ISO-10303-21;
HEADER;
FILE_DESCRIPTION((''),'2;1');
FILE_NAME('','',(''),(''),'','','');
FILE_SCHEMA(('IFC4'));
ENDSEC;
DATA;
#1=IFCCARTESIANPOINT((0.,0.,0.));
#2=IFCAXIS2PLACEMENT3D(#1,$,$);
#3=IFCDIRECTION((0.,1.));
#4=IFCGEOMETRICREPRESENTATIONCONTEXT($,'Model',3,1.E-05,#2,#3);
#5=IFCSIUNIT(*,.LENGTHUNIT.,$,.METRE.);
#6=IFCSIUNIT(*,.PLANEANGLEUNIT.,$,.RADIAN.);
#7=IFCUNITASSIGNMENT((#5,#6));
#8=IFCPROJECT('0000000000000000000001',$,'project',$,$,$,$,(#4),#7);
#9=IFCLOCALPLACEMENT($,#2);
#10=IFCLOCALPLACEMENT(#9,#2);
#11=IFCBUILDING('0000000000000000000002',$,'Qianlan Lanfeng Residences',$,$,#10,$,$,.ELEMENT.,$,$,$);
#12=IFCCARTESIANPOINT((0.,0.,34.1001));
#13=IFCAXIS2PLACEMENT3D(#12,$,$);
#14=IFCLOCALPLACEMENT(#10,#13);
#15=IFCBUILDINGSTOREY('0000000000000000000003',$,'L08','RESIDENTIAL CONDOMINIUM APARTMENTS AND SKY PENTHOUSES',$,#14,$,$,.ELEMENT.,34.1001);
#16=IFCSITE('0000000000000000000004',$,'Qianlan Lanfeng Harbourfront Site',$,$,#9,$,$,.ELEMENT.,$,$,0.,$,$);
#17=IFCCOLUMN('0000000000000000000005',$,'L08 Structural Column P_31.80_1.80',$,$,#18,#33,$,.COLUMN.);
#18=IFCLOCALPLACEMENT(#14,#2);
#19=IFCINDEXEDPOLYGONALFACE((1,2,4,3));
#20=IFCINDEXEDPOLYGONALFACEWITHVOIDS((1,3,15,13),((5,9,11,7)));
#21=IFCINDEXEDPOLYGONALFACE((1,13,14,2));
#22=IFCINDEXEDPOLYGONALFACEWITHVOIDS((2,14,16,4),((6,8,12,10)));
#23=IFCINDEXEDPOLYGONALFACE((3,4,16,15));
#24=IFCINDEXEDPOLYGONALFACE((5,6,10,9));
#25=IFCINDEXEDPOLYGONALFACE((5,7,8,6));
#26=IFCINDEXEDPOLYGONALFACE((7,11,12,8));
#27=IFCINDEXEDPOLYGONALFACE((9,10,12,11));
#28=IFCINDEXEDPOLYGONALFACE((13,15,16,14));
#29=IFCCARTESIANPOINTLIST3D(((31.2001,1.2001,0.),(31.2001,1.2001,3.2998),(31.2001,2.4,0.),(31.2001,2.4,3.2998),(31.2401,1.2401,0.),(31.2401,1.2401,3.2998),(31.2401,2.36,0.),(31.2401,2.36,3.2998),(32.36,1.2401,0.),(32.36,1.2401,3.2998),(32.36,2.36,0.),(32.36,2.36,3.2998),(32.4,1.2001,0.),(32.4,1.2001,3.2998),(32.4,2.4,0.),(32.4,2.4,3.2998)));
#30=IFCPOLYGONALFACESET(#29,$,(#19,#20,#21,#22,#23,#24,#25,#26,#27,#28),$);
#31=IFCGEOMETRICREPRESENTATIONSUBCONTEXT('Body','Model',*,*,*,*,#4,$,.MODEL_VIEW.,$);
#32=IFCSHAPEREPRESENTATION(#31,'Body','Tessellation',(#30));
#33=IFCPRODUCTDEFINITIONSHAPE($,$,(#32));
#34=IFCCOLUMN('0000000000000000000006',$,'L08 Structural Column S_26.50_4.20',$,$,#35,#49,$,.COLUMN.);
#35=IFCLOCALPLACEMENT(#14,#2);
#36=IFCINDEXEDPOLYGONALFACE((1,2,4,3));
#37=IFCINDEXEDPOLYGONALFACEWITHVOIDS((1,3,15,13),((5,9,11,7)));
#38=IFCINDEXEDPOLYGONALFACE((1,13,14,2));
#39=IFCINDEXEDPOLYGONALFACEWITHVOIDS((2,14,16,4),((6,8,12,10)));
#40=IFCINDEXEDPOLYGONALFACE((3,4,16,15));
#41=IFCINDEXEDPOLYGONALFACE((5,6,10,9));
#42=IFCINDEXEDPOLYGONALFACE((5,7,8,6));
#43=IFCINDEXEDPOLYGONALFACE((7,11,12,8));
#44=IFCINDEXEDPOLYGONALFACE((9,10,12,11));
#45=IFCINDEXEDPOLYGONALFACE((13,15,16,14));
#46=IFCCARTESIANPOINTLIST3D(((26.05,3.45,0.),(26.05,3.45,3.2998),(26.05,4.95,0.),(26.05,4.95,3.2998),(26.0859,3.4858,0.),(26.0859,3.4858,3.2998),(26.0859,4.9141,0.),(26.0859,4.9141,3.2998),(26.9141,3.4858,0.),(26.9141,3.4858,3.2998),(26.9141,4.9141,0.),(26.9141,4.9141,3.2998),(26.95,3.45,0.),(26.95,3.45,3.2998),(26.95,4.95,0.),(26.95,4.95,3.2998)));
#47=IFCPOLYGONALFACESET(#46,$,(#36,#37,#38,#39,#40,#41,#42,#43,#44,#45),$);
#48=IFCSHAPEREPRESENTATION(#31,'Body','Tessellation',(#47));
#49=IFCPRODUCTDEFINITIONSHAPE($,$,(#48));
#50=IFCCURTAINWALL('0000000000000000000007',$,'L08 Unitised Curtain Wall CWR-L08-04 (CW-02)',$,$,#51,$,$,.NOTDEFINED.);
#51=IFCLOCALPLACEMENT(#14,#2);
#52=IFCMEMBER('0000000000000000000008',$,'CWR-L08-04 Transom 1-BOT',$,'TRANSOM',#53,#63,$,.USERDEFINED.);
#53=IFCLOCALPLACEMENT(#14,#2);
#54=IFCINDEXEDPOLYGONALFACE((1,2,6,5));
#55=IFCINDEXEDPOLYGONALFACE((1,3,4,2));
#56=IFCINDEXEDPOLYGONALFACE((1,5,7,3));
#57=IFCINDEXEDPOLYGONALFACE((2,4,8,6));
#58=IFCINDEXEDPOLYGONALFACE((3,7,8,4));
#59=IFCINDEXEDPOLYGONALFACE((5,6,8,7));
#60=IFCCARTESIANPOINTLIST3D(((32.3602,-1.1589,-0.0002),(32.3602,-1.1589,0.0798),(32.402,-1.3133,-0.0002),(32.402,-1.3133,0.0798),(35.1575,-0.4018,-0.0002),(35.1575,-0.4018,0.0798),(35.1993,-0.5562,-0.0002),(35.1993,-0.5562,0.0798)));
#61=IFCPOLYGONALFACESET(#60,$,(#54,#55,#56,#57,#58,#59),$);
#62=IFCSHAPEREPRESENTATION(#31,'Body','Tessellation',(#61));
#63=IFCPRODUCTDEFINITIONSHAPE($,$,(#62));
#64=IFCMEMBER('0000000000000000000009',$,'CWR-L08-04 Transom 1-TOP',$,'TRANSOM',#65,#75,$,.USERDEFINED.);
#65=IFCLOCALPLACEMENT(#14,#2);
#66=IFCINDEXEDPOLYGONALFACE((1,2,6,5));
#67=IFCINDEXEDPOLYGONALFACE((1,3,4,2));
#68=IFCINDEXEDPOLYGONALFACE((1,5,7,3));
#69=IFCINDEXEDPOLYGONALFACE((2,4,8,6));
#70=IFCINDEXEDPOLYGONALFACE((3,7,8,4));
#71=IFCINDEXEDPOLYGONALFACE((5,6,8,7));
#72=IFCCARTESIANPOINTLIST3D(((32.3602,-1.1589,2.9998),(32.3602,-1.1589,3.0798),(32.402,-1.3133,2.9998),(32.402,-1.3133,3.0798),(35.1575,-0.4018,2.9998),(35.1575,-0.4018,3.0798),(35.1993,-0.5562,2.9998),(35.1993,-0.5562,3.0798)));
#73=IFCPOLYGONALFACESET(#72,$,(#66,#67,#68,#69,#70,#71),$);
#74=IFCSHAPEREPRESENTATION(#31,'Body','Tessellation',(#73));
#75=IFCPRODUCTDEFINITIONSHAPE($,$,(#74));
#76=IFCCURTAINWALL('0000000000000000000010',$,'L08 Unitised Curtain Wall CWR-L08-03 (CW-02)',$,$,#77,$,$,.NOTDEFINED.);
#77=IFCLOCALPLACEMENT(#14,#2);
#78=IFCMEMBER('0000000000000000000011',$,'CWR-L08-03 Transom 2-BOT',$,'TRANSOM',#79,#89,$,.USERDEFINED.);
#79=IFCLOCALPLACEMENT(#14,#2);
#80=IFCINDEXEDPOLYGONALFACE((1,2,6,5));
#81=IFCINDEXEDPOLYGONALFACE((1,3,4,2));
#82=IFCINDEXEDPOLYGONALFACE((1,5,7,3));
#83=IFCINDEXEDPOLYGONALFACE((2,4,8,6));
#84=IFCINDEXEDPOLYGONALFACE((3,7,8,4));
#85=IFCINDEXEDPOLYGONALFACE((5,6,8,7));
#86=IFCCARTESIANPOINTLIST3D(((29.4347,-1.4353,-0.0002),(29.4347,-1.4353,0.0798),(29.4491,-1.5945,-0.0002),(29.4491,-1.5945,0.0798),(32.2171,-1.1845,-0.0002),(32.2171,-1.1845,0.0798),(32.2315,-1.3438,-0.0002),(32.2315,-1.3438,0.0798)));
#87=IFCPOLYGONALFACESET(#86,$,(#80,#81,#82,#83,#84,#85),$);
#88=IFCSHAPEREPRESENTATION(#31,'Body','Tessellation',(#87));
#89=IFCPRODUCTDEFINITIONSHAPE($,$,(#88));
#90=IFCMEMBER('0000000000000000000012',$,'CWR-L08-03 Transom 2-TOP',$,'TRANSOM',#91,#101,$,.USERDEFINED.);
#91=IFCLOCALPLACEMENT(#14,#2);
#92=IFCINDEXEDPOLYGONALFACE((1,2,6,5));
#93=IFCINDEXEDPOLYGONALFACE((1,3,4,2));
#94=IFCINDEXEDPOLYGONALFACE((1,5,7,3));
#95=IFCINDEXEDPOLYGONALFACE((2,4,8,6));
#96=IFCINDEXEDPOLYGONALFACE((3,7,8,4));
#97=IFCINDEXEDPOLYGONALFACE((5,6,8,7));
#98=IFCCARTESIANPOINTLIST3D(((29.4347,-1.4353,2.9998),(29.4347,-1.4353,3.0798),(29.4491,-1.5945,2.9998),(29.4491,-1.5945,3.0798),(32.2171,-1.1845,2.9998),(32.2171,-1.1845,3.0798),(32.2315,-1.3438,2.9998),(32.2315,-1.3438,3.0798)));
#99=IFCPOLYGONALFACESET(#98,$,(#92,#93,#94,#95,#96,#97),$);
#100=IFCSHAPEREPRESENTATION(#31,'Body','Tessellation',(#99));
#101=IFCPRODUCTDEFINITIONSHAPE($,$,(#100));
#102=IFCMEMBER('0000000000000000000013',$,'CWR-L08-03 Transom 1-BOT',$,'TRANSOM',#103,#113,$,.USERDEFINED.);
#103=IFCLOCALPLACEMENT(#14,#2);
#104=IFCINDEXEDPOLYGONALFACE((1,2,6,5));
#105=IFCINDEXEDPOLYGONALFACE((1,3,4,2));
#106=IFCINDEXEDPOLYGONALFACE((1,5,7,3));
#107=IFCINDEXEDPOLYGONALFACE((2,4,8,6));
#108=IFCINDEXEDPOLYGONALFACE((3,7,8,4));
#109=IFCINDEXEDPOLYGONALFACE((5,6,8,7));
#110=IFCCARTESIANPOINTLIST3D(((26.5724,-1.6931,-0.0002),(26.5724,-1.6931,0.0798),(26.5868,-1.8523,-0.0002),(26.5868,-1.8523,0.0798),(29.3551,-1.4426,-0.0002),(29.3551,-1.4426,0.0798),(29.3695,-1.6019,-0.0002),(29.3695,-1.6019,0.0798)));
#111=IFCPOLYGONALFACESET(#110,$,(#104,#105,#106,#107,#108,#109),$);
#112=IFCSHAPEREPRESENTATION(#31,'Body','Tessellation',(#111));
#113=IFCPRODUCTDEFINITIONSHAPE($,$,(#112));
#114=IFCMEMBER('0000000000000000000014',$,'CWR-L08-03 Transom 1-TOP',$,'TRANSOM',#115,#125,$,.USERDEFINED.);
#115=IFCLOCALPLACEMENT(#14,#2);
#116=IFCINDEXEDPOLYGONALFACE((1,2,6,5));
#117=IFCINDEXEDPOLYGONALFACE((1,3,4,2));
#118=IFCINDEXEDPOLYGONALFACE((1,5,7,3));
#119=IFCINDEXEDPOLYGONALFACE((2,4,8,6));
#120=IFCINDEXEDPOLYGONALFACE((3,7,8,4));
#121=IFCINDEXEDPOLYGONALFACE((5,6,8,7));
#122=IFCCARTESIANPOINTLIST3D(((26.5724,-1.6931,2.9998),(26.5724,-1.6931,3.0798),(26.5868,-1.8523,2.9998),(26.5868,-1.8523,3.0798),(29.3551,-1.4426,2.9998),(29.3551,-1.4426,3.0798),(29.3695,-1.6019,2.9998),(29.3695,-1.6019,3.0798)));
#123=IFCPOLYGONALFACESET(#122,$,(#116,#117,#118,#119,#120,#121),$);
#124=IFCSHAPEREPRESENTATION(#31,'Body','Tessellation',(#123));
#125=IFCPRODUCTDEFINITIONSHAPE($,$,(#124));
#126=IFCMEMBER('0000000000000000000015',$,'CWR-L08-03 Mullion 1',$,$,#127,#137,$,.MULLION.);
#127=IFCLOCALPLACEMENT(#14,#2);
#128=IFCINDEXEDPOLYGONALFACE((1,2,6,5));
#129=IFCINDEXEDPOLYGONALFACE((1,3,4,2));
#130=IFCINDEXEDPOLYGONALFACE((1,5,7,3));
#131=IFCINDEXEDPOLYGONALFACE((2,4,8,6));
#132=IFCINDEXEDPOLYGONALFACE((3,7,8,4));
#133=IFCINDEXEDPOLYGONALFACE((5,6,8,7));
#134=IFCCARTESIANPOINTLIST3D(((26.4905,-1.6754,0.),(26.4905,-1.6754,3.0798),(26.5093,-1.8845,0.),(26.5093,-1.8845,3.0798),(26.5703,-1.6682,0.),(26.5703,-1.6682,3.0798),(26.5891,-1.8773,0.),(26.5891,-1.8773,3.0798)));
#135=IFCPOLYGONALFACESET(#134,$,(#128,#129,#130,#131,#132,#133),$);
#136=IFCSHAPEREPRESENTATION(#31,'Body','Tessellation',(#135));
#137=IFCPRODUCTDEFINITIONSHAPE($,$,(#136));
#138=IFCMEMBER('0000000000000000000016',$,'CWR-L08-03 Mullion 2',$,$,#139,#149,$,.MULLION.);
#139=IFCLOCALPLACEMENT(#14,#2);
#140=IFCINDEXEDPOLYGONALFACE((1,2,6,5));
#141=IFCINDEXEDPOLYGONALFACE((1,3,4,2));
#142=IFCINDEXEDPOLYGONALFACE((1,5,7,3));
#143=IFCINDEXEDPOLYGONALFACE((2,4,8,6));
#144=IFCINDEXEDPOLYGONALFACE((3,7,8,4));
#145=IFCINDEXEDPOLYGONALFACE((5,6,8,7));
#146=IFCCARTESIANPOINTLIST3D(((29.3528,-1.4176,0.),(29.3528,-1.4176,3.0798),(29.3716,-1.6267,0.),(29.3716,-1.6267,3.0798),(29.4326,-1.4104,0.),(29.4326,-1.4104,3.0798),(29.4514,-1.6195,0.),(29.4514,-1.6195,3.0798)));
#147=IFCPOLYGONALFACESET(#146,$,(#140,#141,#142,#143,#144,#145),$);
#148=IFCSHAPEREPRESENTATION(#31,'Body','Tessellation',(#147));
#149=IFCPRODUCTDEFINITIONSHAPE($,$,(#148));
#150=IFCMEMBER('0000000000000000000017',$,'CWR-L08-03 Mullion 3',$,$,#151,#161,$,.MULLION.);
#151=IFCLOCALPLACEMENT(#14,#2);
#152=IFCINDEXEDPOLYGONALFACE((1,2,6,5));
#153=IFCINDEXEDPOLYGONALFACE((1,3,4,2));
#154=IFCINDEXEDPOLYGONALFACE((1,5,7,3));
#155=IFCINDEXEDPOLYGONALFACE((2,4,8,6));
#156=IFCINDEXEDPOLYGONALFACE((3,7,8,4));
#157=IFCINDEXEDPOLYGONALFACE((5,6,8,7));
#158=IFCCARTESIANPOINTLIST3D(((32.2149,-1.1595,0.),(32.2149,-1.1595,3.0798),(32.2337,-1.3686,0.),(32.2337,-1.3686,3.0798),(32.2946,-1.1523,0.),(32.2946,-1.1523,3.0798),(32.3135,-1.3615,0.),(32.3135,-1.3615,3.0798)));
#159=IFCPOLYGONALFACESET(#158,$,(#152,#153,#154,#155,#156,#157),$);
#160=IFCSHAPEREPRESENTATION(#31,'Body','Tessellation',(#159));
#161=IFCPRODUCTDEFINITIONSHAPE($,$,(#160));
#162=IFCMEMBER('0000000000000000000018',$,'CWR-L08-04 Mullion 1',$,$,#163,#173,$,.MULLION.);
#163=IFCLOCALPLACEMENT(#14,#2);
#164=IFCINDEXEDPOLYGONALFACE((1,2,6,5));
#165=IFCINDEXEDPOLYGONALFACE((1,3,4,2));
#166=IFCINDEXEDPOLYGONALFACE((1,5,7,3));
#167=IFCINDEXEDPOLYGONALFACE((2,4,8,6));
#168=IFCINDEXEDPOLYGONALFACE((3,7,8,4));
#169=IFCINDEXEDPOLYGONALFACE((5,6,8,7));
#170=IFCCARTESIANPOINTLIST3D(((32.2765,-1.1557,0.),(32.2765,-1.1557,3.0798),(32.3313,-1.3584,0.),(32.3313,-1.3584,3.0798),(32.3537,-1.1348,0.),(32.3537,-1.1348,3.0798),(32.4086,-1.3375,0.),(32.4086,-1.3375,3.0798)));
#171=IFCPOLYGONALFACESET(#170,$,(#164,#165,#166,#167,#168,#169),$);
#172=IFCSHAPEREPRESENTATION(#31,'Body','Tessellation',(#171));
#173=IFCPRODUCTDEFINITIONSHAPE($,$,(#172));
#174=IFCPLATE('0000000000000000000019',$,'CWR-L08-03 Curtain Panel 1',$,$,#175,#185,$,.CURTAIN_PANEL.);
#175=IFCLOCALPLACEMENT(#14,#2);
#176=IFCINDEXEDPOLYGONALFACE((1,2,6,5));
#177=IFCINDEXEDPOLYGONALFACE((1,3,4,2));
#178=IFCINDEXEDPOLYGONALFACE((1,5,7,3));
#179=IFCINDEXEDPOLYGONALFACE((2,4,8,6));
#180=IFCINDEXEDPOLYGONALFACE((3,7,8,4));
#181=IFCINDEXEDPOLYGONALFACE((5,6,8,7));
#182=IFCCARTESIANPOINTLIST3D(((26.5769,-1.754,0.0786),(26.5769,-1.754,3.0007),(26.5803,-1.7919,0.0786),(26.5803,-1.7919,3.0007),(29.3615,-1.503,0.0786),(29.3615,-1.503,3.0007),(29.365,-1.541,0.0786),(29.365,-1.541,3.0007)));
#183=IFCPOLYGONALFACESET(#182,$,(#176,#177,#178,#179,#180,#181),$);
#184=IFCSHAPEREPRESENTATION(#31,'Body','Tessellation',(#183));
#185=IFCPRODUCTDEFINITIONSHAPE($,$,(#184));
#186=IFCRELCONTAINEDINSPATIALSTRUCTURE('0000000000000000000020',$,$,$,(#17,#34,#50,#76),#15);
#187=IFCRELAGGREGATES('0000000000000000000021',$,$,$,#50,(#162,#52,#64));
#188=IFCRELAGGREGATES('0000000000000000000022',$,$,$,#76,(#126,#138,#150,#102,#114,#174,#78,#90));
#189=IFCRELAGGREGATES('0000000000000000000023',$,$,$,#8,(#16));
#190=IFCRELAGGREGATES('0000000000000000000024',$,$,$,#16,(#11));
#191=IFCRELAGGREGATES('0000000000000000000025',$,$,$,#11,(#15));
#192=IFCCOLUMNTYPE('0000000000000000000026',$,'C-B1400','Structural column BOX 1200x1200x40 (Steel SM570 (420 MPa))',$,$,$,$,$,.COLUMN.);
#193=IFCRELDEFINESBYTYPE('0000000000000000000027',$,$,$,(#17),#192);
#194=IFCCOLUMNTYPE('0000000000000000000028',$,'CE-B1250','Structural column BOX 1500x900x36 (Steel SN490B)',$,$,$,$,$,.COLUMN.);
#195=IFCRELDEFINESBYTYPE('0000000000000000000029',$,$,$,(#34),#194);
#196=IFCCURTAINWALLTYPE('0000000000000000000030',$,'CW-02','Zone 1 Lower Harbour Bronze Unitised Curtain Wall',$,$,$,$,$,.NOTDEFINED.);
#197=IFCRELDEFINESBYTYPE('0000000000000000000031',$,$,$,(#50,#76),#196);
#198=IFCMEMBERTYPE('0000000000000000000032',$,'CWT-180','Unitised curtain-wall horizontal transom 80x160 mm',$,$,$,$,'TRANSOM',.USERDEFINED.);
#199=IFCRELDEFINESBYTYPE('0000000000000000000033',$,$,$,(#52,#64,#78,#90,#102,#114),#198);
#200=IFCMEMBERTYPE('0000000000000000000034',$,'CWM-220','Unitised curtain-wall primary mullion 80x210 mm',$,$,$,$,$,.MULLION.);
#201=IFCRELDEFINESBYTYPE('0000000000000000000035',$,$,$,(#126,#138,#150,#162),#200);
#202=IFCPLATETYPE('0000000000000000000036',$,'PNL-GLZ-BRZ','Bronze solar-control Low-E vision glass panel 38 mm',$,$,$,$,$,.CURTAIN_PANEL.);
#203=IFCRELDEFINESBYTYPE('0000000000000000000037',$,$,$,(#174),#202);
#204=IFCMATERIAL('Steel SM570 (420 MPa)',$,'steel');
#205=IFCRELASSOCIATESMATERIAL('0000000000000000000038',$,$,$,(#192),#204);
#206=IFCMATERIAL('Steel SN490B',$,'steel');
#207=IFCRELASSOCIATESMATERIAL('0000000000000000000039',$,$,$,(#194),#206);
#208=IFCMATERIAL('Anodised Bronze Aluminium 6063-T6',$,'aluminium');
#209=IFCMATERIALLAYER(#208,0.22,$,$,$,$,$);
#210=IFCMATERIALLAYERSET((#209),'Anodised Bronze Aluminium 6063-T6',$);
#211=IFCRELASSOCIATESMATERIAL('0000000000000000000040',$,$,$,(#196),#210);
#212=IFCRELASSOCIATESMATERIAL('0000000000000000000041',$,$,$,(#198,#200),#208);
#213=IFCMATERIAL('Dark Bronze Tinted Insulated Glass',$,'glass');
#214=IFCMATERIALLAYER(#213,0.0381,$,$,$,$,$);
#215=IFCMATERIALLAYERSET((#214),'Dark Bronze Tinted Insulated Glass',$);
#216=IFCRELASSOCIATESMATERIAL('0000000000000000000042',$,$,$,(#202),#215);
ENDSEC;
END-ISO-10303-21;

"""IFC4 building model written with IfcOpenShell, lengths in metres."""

from ifc_helpers import new_model, si_unit, direction, frame, origin, origin_2d, place, context, subcontext, project, spatial, rectangle, hollow_rectangle, extrude, source, transform, mapped, material, layer, layer_set, material_profile, profile_set, type_object, element, aggregate, save


model = new_model("IFC4")

# Units and contexts
model_context = context("Model", 3, precision=1e-05, world=origin(), true_north=direction((0.0, 1.0)))
body_context = subcontext(model_context, "Body", "Model", "MODEL_VIEW")
ifc_project = project(units=[si_unit("LENGTHUNIT", "METRE"), si_unit("PLANEANGLEUNIT", "RADIAN")], contexts=[model_context])

# Site, building, storey
site_placement = place(None, origin())
site = spatial("IfcSite", under=ifc_project, at=site_placement, Name="Qianlan Lanfeng Harbourfront Site", CompositionType="ELEMENT", RefElevation=0.0)
building_placement = place(site_placement, origin())
building = spatial("IfcBuilding", under=site, at=building_placement, Name="Qianlan Lanfeng Residences", CompositionType="ELEMENT")
storey_placement = place(building_placement, frame((0.0, 0.0, 34.1001)))
storey = spatial("IfcBuildingStorey", under=building, at=storey_placement, Name="L08", Description="RESIDENTIAL CONDOMINIUM APARTMENTS AND SKY PENTHOUSES", CompositionType="ELEMENT", Elevation=34.1001)

# Columns
ifc_material_1 = material(Name="Steel SM570 (420 MPa)", Category="steel")
ifc_material_profile_1 = material_profile(ifc_material_1, hollow_rectangle(XDim=1.2, YDim=1.2, WallThickness=0.04, at=origin_2d()), Name="BOX 1200x1200x40")
ifc_profile_set_1 = profile_set([ifc_material_profile_1], Name="Steel SM570 (420 MPa)")
column_type_1 = type_object("IfcColumnType", Name="C-B1400", Description="Structural column BOX 1200x1200x40 (Steel SM570 (420 MPa))", PredefinedType="COLUMN", material=ifc_profile_set_1)
column_1_placement = place(storey_placement, frame((31.8, 1.8, 0.0), z_axis=(0.0, 0.0, 1.0), x_axis=(1.0, 0.0, 0.0)))
element("IfcColumn", 1, at=column_1_placement, inside=storey, type_object=column_type_1, Name="L08 Structural Column P_31.80_1.80", PredefinedType="COLUMN", context=body_context, shape_type="SweptSolid", body=[
    extrude(hollow_rectangle(XDim=1.2, YDim=1.2, WallThickness=0.04, at=origin_2d()), origin(), (0.0, 0.0, 1.0), 3.2998),
])
ifc_material_2 = material(Name="Steel SN490B", Category="steel")
ifc_material_profile_2 = material_profile(ifc_material_2, hollow_rectangle(XDim=0.8999, YDim=1.5, WallThickness=0.0359, at=origin_2d()), Name="BOX 1500x900x36")
ifc_profile_set_2 = profile_set([ifc_material_profile_2], Name="Steel SN490B")
column_type_2 = type_object("IfcColumnType", Name="CE-B1250", Description="Structural column BOX 1500x900x36 (Steel SN490B)", PredefinedType="COLUMN", material=ifc_profile_set_2)
column_2_placement = place(storey_placement, frame((26.5, 4.2, 0.0), z_axis=(0.0, 0.0, 1.0), x_axis=(1.0, 0.0, 0.0)))
element("IfcColumn", 2, at=column_2_placement, inside=storey, type_object=column_type_2, Name="L08 Structural Column S_26.50_4.20", PredefinedType="COLUMN", context=body_context, shape_type="SweptSolid", body=[
    extrude(hollow_rectangle(XDim=0.8999, YDim=1.5, WallThickness=0.0359, at=origin_2d()), origin(), (0.0, 0.0, 1.0), 3.2998),
])

# Curtain walls, members
ifc_material_3 = material(Name="Anodised Bronze Aluminium 6063-T6", Category="aluminium")
ifc_layer_1 = layer(ifc_material_3, 0.22)
ifc_layer_set_1 = layer_set([ifc_layer_1], Name="Anodised Bronze Aluminium 6063-T6")
curtain_wall_type = type_object("IfcCurtainWallType", Name="CW-02", Description="Zone 1 Lower Harbour Bronze Unitised Curtain Wall", PredefinedType="NOTDEFINED", material=ifc_layer_set_1)
curtain_wall_1_placement = place(storey_placement, origin())
curtain_wall_1 = element("IfcCurtainWall", 3, at=curtain_wall_1_placement, inside=storey, type_object=curtain_wall_type, Name="L08 Unitised Curtain Wall CWR-L08-04 (CW-02)", PredefinedType="NOTDEFINED")
ifc_material_profile_3 = material_profile(ifc_material_3, rectangle(XDim=0.0801, YDim=0.1599, at=origin_2d()), Name="ALU TRANSOM 80x160")
ifc_profile_set_3 = profile_set([ifc_material_profile_3], Name="Anodised Bronze Aluminium 6063-T6")
member_type_1 = type_object("IfcMemberType", Name="CWT-180", Description="Unitised curtain-wall horizontal transom 80x160 mm", ElementType="TRANSOM", PredefinedType="USERDEFINED", material=ifc_profile_set_3)
shared_shape_1 = source(origin(), body_context, "Body", "SweptSolid", [
    extrude(rectangle(XDim=0.0801, YDim=0.1599, at=origin_2d()), origin(), (0.0, 0.0, 1.0), 2.8979),
])
member_1_placement = place(storey_placement, frame((32.3811, -1.2361, 0.0398), z_axis=(0.965273, 0.261242, 0.0), x_axis=(0.0, 0.0, 1.0)))
member_1 = element("IfcMember", 4, at=member_1_placement, type_object=member_type_1, Name="CWR-L08-04 Transom 1-BOT", ObjectType="TRANSOM", PredefinedType="USERDEFINED", context=body_context, shape_type="MappedRepresentation", body=[
    mapped(shared_shape_1, transform((0.0, 0.0, 0.0), scale=1.0)),
])
member_2_placement = place(storey_placement, frame((32.3811, -1.2361, 3.0398), z_axis=(0.965273, 0.261242, 0.0), x_axis=(0.0, 0.0, 1.0)))
member_2 = element("IfcMember", 5, at=member_2_placement, type_object=member_type_1, Name="CWR-L08-04 Transom 1-TOP", ObjectType="TRANSOM", PredefinedType="USERDEFINED", context=body_context, shape_type="MappedRepresentation", body=[
    mapped(shared_shape_1, transform((0.0, 0.0, 0.0), scale=1.0)),
])
curtain_wall_2_placement = place(storey_placement, origin())
curtain_wall_2 = element("IfcCurtainWall", 6, at=curtain_wall_2_placement, inside=storey, type_object=curtain_wall_type, Name="L08 Unitised Curtain Wall CWR-L08-03 (CW-02)", PredefinedType="NOTDEFINED")
shared_shape_2 = source(origin(), body_context, "Body", "SweptSolid", [
    extrude(rectangle(XDim=0.0801, YDim=0.1599, at=origin_2d()), origin(), (0.0, 0.0, 1.0), 2.7937),
])
member_3_placement = place(storey_placement, frame((29.4419, -1.5149, 0.0398), z_axis=(0.995965, 0.089748, 0.0), x_axis=(0.0, 0.0, 1.0)))
member_3 = element("IfcMember", 7, at=member_3_placement, type_object=member_type_1, Name="CWR-L08-03 Transom 2-BOT", ObjectType="TRANSOM", PredefinedType="USERDEFINED", context=body_context, shape_type="MappedRepresentation", body=[
    mapped(shared_shape_2, transform((0.0, 0.0, 0.0), scale=1.0)),
])
member_4_placement = place(storey_placement, frame((29.4419, -1.5149, 3.0398), z_axis=(0.995965, 0.089748, 0.0), x_axis=(0.0, 0.0, 1.0)))
member_4 = element("IfcMember", 8, at=member_4_placement, type_object=member_type_1, Name="CWR-L08-03 Transom 2-TOP", ObjectType="TRANSOM", PredefinedType="USERDEFINED", context=body_context, shape_type="MappedRepresentation", body=[
    mapped(shared_shape_2, transform((0.0, 0.0, 0.0), scale=1.0)),
])
shared_shape_3 = source(origin(), body_context, "Body", "SweptSolid", [
    extrude(rectangle(XDim=0.0801, YDim=0.1599, at=origin_2d()), origin(), (0.0, 0.0, 1.0), 2.7939),
])
member_5_placement = place(storey_placement, frame((26.5796, -1.7727, 0.0398), z_axis=(0.995973, 0.089653, 0.0), x_axis=(0.0, 0.0, 1.0)))
member_5 = element("IfcMember", 9, at=member_5_placement, type_object=member_type_1, Name="CWR-L08-03 Transom 1-BOT", ObjectType="TRANSOM", PredefinedType="USERDEFINED", context=body_context, shape_type="MappedRepresentation", body=[
    mapped(shared_shape_3, transform((0.0, 0.0, 0.0), scale=1.0)),
])
member_6_placement = place(storey_placement, frame((26.5796, -1.7727, 3.0398), z_axis=(0.995973, 0.089653, 0.0), x_axis=(0.0, 0.0, 1.0)))
member_6 = element("IfcMember", 10, at=member_6_placement, type_object=member_type_1, Name="CWR-L08-03 Transom 1-TOP", ObjectType="TRANSOM", PredefinedType="USERDEFINED", context=body_context, shape_type="MappedRepresentation", body=[
    mapped(shared_shape_3, transform((0.0, 0.0, 0.0), scale=1.0)),
])
ifc_material_profile_4 = material_profile(ifc_material_3, rectangle(XDim=0.0801, YDim=0.21, at=origin_2d()), Name="ALU MULLION 80x210")
ifc_profile_set_4 = profile_set([ifc_material_profile_4], Name="Anodised Bronze Aluminium 6063-T6")
member_type_2 = type_object("IfcMemberType", Name="CWM-220", Description="Unitised curtain-wall primary mullion 80x210 mm", PredefinedType="MULLION", material=ifc_profile_set_4)
shared_shape_4 = source(origin(), body_context, "Body", "SweptSolid", [
    extrude(rectangle(XDim=0.0801, YDim=0.21, at=origin_2d()), origin(), (0.0, 0.0, 1.0), 3.0798),
])
member_7_placement = place(storey_placement, frame((26.5398, -1.7764, 0.0), z_axis=(0.0, 0.0, 1.0), x_axis=(0.995965, 0.089746, 0.0)))
member_7 = element("IfcMember", 11, at=member_7_placement, type_object=member_type_2, Name="CWR-L08-03 Mullion 1", PredefinedType="MULLION", context=body_context, shape_type="MappedRepresentation", body=[
    mapped(shared_shape_4, transform((0.0, 0.0, 0.0), scale=1.0)),
])
member_8_placement = place(storey_placement, frame((29.4021, -1.5186, 0.0), z_axis=(0.0, 0.0, 1.0), x_axis=(0.995965, 0.089746, 0.0)))
member_8 = element("IfcMember", 12, at=member_8_placement, type_object=member_type_2, Name="CWR-L08-03 Mullion 2", PredefinedType="MULLION", context=body_context, shape_type="MappedRepresentation", body=[
    mapped(shared_shape_4, transform((0.0, 0.0, 0.0), scale=1.0)),
])
member_9_placement = place(storey_placement, frame((32.2642, -1.2605, 0.0), z_axis=(0.0, 0.0, 1.0), x_axis=(0.995965, 0.089746, 0.0)))
member_9 = element("IfcMember", 13, at=member_9_placement, type_object=member_type_2, Name="CWR-L08-03 Mullion 3", PredefinedType="MULLION", context=body_context, shape_type="MappedRepresentation", body=[
    mapped(shared_shape_4, transform((0.0, 0.0, 0.0), scale=1.0)),
])

# Member
member_10_placement = place(storey_placement, frame((32.3425, -1.2466, 0.0), z_axis=(0.0, 0.0, 1.0), x_axis=(0.965263, 0.261281, 0.0)))
member_10 = element("IfcMember", 14, at=member_10_placement, type_object=member_type_2, Name="CWR-L08-04 Mullion 1", PredefinedType="MULLION", context=body_context, shape_type="MappedRepresentation", body=[
    mapped(shared_shape_4, transform((0.0, 0.0, 0.0), scale=1.0)),
])
aggregate(curtain_wall_1, [member_10, member_1, member_2])

# Plate
ifc_material_4 = material(Name="Dark Bronze Tinted Insulated Glass", Category="glass")
ifc_layer_2 = layer(ifc_material_4, 0.0381)
ifc_layer_set_2 = layer_set([ifc_layer_2], Name="Dark Bronze Tinted Insulated Glass")
plate_type = type_object("IfcPlateType", Name="PNL-GLZ-BRZ", Description="Bronze solar-control Low-E vision glass panel 38 mm", PredefinedType="CURTAIN_PANEL", material=ifc_layer_set_2)
shared_shape_5 = source(origin(), body_context, "Body", "SweptSolid", [
    extrude(rectangle(XDim=2.7959, YDim=0.0381, at=origin_2d()), origin(), (0.0, 0.0, 1.0), 2.9221),
])
plate_1_placement = place(storey_placement, frame((27.9709, -1.6475, 0.0786), z_axis=(0.0, 0.0, 1.0), x_axis=(0.995965, 0.089746, 0.0)))
plate_1 = element("IfcPlate", 15, at=plate_1_placement, type_object=plate_type, Name="CWR-L08-03 Curtain Panel 1", PredefinedType="CURTAIN_PANEL", context=body_context, shape_type="MappedRepresentation", body=[
    mapped(shared_shape_5, transform((0.0, 0.0, 0.0), scale=1.0)),
])
aggregate(curtain_wall_2, [member_7, member_8, member_9, member_5, member_6, plate_1, member_3, member_4])

save(model, "model.ifc")
